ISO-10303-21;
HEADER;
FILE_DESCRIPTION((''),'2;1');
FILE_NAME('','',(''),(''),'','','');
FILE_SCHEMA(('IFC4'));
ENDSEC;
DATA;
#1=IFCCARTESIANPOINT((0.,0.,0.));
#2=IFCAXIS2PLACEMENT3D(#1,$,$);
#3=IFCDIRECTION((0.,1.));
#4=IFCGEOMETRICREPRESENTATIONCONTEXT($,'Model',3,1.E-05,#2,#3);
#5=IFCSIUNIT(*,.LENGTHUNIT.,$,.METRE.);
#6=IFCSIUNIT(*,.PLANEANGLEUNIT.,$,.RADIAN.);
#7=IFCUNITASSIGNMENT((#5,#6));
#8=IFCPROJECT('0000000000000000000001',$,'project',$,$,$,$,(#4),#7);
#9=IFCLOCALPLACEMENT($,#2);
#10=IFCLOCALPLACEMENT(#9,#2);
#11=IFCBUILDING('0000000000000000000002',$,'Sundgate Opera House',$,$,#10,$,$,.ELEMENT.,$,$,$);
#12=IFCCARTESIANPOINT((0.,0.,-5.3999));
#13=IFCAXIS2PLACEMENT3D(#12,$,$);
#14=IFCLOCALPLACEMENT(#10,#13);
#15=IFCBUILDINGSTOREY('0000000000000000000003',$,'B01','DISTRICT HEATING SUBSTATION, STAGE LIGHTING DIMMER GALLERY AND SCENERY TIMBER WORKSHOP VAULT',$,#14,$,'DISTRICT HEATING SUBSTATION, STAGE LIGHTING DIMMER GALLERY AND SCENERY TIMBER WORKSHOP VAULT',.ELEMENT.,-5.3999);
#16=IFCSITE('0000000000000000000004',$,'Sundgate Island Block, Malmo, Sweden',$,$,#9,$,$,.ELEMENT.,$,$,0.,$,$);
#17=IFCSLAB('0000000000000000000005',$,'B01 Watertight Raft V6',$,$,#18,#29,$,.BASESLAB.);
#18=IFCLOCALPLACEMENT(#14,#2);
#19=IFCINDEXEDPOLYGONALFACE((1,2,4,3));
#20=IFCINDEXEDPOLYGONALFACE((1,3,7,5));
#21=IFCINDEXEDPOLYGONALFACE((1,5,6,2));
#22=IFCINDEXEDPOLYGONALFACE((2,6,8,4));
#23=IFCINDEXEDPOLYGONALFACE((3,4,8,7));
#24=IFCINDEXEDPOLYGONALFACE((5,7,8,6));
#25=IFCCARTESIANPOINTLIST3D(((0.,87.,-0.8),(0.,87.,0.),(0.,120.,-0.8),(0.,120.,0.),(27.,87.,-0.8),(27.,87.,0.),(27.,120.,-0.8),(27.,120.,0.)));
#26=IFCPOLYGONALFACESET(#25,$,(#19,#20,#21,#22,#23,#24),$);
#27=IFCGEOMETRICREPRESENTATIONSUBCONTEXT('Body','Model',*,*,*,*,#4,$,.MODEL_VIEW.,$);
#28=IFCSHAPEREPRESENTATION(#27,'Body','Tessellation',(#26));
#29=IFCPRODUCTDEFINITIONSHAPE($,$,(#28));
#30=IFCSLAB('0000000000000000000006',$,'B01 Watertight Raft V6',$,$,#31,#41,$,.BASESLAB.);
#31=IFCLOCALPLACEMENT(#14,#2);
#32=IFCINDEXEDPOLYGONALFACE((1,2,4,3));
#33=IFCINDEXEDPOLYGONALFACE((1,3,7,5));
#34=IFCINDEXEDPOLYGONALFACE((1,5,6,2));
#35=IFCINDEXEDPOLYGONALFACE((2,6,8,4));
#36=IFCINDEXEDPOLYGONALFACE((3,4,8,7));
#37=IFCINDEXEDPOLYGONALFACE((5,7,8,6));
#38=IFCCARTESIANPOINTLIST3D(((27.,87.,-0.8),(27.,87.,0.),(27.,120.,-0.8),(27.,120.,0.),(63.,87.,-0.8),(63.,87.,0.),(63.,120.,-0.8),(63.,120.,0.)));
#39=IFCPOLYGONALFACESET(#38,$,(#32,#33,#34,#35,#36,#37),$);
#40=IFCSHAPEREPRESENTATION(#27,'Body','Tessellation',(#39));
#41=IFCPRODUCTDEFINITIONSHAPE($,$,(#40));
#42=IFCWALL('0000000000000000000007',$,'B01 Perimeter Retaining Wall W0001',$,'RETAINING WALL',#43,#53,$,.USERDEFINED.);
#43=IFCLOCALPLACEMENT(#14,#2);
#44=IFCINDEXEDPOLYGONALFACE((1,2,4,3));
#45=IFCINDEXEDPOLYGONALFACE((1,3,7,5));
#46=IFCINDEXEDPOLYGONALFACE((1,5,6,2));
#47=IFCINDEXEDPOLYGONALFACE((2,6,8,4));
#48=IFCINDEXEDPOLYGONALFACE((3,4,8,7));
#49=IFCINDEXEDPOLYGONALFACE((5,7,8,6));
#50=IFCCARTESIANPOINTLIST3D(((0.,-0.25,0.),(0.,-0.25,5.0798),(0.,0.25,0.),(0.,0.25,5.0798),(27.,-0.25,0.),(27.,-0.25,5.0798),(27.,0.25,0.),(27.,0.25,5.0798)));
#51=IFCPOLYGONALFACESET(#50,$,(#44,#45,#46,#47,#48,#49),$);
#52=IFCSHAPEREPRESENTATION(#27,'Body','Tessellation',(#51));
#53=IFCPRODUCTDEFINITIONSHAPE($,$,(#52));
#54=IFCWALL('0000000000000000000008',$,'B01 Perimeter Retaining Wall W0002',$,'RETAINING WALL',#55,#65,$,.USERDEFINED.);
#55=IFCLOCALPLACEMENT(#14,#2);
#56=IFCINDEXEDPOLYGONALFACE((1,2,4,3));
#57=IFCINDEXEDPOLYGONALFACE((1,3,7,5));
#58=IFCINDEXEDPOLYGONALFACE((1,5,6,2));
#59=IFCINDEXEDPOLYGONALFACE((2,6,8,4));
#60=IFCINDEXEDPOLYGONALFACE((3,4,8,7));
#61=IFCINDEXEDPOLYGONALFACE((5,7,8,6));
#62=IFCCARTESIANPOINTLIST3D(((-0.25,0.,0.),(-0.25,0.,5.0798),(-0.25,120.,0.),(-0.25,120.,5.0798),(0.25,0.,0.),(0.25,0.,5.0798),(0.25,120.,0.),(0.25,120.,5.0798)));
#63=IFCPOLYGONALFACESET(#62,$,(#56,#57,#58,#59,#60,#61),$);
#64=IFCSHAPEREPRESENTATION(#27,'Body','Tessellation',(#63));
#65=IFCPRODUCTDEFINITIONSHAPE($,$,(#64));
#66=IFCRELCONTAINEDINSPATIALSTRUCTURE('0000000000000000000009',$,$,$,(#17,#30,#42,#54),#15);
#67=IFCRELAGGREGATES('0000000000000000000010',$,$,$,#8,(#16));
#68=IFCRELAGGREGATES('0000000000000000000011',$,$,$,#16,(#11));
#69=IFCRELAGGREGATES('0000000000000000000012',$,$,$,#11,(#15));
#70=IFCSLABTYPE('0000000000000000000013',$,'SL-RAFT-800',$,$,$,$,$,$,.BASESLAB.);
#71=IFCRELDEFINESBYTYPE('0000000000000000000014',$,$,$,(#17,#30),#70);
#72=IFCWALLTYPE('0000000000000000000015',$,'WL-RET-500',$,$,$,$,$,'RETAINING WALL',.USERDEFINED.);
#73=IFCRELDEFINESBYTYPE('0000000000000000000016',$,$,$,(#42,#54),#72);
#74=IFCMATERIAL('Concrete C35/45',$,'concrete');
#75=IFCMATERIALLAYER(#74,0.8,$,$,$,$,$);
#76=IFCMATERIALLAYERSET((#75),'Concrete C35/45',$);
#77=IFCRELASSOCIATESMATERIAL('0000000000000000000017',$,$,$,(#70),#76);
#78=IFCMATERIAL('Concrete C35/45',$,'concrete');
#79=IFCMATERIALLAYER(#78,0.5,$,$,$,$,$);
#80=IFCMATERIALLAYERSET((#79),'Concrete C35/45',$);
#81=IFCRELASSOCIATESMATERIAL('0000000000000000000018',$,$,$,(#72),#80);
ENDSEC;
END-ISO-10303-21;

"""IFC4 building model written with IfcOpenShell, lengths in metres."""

from ifc_helpers import new_model, si_unit, direction, frame, frame_2d, origin, origin_with_axes, place, context, subcontext, project, spatial, polyline, rectangle, outline, extrude, material, layer, layer_set, type_object, element, save


model = new_model("IFC4")

# Units and contexts
model_context = context("Model", 3, precision=1e-05, world=origin(), true_north=direction((0.0, 1.0)))
body_context = subcontext(model_context, "Body", "Model", "MODEL_VIEW")
ifc_project = project(units=[si_unit("LENGTHUNIT", "METRE"), si_unit("PLANEANGLEUNIT", "RADIAN")], contexts=[model_context])

# Site, building, storey
site_placement = place(None, origin())
site = spatial("IfcSite", under=ifc_project, at=site_placement, Name="Sundgate Island Block, Malmo, Sweden", CompositionType="ELEMENT", RefElevation=0.0)
building_placement = place(site_placement, origin())
building = spatial("IfcBuilding", under=site, at=building_placement, Name="Sundgate Opera House", CompositionType="ELEMENT")
storey_placement = place(building_placement, frame((0.0, 0.0, -5.3999)))
storey = spatial("IfcBuildingStorey", under=building, at=storey_placement, Name="B01", Description="DISTRICT HEATING SUBSTATION, STAGE LIGHTING DIMMER GALLERY AND SCENERY TIMBER WORKSHOP VAULT", LongName="DISTRICT HEATING SUBSTATION, STAGE LIGHTING DIMMER GALLERY AND SCENERY TIMBER WORKSHOP VAULT", CompositionType="ELEMENT", Elevation=-5.3999)

# Slabs
ifc_material_1 = material(Name="Concrete C35/45", Category="concrete")
ifc_layer_1 = layer(ifc_material_1, 0.8)
ifc_layer_set_1 = layer_set([ifc_layer_1], Name="Concrete C35/45")
slab_type_1 = type_object("IfcSlabType", Name="SL-RAFT-800", PredefinedType="BASESLAB", material=ifc_layer_set_1)
slab_1_placement = place(storey_placement, frame((0.0, 0.0, -0.8)))
element("IfcSlab", 1, at=slab_1_placement, inside=storey, type_object=slab_type_1, Name="B01 Watertight Raft V6", PredefinedType="BASESLAB", context=body_context, shape_type="SweptSolid", body=[
    extrude(outline(polyline([(0.0, 87.0), (27.0, 87.0), (27.0, 120.0), (0.0, 120.0), (0.0, 87.0)])), origin(), (0.0, 0.0, 1.0), 0.8),
])
slab_2_placement = place(storey_placement, frame((0.0, 0.0, -0.8)))
element("IfcSlab", 2, at=slab_2_placement, inside=storey, type_object=slab_type_1, Name="B01 Watertight Raft V6", PredefinedType="BASESLAB", context=body_context, shape_type="SweptSolid", body=[
    extrude(outline(polyline([(27.0, 87.0), (63.0, 87.0), (63.0, 120.0), (27.0, 120.0), (27.0, 87.0)])), origin(), (0.0, 0.0, 1.0), 0.8),
])

# Walls
ifc_material_2 = material(Name="Concrete C35/45", Category="concrete")
ifc_layer_2 = layer(ifc_material_2, 0.5)
ifc_layer_set_2 = layer_set([ifc_layer_2], Name="Concrete C35/45")
wall_type = type_object("IfcWallType", Name="WL-RET-500", ElementType="RETAINING WALL", PredefinedType="USERDEFINED", material=ifc_layer_set_2)
wall_1_placement = place(storey_placement, origin_with_axes())
element("IfcWall", 3, at=wall_1_placement, inside=storey, type_object=wall_type, Name="B01 Perimeter Retaining Wall W0001", ObjectType="RETAINING WALL", PredefinedType="USERDEFINED", context=body_context, shape_type="SweptSolid", body=[
    extrude(rectangle(XDim=27.0, YDim=0.5, at=frame_2d((13.5, 0.0))), origin(), (0.0, 0.0, 1.0), 5.0798),
])
wall_2_placement = place(storey_placement, frame((0.0, 0.0, 0.0), z_axis=(0.0, 0.0, 1.0), x_axis=(0.0, 1.0, 0.0)))
element("IfcWall", 4, at=wall_2_placement, inside=storey, type_object=wall_type, Name="B01 Perimeter Retaining Wall W0002", ObjectType="RETAINING WALL", PredefinedType="USERDEFINED", context=body_context, shape_type="SweptSolid", body=[
    extrude(rectangle(XDim=120.0, YDim=0.5, at=frame_2d((60.0, 0.0))), origin(), (0.0, 0.0, 1.0), 5.0798),
])

save(model, "model.ifc")
